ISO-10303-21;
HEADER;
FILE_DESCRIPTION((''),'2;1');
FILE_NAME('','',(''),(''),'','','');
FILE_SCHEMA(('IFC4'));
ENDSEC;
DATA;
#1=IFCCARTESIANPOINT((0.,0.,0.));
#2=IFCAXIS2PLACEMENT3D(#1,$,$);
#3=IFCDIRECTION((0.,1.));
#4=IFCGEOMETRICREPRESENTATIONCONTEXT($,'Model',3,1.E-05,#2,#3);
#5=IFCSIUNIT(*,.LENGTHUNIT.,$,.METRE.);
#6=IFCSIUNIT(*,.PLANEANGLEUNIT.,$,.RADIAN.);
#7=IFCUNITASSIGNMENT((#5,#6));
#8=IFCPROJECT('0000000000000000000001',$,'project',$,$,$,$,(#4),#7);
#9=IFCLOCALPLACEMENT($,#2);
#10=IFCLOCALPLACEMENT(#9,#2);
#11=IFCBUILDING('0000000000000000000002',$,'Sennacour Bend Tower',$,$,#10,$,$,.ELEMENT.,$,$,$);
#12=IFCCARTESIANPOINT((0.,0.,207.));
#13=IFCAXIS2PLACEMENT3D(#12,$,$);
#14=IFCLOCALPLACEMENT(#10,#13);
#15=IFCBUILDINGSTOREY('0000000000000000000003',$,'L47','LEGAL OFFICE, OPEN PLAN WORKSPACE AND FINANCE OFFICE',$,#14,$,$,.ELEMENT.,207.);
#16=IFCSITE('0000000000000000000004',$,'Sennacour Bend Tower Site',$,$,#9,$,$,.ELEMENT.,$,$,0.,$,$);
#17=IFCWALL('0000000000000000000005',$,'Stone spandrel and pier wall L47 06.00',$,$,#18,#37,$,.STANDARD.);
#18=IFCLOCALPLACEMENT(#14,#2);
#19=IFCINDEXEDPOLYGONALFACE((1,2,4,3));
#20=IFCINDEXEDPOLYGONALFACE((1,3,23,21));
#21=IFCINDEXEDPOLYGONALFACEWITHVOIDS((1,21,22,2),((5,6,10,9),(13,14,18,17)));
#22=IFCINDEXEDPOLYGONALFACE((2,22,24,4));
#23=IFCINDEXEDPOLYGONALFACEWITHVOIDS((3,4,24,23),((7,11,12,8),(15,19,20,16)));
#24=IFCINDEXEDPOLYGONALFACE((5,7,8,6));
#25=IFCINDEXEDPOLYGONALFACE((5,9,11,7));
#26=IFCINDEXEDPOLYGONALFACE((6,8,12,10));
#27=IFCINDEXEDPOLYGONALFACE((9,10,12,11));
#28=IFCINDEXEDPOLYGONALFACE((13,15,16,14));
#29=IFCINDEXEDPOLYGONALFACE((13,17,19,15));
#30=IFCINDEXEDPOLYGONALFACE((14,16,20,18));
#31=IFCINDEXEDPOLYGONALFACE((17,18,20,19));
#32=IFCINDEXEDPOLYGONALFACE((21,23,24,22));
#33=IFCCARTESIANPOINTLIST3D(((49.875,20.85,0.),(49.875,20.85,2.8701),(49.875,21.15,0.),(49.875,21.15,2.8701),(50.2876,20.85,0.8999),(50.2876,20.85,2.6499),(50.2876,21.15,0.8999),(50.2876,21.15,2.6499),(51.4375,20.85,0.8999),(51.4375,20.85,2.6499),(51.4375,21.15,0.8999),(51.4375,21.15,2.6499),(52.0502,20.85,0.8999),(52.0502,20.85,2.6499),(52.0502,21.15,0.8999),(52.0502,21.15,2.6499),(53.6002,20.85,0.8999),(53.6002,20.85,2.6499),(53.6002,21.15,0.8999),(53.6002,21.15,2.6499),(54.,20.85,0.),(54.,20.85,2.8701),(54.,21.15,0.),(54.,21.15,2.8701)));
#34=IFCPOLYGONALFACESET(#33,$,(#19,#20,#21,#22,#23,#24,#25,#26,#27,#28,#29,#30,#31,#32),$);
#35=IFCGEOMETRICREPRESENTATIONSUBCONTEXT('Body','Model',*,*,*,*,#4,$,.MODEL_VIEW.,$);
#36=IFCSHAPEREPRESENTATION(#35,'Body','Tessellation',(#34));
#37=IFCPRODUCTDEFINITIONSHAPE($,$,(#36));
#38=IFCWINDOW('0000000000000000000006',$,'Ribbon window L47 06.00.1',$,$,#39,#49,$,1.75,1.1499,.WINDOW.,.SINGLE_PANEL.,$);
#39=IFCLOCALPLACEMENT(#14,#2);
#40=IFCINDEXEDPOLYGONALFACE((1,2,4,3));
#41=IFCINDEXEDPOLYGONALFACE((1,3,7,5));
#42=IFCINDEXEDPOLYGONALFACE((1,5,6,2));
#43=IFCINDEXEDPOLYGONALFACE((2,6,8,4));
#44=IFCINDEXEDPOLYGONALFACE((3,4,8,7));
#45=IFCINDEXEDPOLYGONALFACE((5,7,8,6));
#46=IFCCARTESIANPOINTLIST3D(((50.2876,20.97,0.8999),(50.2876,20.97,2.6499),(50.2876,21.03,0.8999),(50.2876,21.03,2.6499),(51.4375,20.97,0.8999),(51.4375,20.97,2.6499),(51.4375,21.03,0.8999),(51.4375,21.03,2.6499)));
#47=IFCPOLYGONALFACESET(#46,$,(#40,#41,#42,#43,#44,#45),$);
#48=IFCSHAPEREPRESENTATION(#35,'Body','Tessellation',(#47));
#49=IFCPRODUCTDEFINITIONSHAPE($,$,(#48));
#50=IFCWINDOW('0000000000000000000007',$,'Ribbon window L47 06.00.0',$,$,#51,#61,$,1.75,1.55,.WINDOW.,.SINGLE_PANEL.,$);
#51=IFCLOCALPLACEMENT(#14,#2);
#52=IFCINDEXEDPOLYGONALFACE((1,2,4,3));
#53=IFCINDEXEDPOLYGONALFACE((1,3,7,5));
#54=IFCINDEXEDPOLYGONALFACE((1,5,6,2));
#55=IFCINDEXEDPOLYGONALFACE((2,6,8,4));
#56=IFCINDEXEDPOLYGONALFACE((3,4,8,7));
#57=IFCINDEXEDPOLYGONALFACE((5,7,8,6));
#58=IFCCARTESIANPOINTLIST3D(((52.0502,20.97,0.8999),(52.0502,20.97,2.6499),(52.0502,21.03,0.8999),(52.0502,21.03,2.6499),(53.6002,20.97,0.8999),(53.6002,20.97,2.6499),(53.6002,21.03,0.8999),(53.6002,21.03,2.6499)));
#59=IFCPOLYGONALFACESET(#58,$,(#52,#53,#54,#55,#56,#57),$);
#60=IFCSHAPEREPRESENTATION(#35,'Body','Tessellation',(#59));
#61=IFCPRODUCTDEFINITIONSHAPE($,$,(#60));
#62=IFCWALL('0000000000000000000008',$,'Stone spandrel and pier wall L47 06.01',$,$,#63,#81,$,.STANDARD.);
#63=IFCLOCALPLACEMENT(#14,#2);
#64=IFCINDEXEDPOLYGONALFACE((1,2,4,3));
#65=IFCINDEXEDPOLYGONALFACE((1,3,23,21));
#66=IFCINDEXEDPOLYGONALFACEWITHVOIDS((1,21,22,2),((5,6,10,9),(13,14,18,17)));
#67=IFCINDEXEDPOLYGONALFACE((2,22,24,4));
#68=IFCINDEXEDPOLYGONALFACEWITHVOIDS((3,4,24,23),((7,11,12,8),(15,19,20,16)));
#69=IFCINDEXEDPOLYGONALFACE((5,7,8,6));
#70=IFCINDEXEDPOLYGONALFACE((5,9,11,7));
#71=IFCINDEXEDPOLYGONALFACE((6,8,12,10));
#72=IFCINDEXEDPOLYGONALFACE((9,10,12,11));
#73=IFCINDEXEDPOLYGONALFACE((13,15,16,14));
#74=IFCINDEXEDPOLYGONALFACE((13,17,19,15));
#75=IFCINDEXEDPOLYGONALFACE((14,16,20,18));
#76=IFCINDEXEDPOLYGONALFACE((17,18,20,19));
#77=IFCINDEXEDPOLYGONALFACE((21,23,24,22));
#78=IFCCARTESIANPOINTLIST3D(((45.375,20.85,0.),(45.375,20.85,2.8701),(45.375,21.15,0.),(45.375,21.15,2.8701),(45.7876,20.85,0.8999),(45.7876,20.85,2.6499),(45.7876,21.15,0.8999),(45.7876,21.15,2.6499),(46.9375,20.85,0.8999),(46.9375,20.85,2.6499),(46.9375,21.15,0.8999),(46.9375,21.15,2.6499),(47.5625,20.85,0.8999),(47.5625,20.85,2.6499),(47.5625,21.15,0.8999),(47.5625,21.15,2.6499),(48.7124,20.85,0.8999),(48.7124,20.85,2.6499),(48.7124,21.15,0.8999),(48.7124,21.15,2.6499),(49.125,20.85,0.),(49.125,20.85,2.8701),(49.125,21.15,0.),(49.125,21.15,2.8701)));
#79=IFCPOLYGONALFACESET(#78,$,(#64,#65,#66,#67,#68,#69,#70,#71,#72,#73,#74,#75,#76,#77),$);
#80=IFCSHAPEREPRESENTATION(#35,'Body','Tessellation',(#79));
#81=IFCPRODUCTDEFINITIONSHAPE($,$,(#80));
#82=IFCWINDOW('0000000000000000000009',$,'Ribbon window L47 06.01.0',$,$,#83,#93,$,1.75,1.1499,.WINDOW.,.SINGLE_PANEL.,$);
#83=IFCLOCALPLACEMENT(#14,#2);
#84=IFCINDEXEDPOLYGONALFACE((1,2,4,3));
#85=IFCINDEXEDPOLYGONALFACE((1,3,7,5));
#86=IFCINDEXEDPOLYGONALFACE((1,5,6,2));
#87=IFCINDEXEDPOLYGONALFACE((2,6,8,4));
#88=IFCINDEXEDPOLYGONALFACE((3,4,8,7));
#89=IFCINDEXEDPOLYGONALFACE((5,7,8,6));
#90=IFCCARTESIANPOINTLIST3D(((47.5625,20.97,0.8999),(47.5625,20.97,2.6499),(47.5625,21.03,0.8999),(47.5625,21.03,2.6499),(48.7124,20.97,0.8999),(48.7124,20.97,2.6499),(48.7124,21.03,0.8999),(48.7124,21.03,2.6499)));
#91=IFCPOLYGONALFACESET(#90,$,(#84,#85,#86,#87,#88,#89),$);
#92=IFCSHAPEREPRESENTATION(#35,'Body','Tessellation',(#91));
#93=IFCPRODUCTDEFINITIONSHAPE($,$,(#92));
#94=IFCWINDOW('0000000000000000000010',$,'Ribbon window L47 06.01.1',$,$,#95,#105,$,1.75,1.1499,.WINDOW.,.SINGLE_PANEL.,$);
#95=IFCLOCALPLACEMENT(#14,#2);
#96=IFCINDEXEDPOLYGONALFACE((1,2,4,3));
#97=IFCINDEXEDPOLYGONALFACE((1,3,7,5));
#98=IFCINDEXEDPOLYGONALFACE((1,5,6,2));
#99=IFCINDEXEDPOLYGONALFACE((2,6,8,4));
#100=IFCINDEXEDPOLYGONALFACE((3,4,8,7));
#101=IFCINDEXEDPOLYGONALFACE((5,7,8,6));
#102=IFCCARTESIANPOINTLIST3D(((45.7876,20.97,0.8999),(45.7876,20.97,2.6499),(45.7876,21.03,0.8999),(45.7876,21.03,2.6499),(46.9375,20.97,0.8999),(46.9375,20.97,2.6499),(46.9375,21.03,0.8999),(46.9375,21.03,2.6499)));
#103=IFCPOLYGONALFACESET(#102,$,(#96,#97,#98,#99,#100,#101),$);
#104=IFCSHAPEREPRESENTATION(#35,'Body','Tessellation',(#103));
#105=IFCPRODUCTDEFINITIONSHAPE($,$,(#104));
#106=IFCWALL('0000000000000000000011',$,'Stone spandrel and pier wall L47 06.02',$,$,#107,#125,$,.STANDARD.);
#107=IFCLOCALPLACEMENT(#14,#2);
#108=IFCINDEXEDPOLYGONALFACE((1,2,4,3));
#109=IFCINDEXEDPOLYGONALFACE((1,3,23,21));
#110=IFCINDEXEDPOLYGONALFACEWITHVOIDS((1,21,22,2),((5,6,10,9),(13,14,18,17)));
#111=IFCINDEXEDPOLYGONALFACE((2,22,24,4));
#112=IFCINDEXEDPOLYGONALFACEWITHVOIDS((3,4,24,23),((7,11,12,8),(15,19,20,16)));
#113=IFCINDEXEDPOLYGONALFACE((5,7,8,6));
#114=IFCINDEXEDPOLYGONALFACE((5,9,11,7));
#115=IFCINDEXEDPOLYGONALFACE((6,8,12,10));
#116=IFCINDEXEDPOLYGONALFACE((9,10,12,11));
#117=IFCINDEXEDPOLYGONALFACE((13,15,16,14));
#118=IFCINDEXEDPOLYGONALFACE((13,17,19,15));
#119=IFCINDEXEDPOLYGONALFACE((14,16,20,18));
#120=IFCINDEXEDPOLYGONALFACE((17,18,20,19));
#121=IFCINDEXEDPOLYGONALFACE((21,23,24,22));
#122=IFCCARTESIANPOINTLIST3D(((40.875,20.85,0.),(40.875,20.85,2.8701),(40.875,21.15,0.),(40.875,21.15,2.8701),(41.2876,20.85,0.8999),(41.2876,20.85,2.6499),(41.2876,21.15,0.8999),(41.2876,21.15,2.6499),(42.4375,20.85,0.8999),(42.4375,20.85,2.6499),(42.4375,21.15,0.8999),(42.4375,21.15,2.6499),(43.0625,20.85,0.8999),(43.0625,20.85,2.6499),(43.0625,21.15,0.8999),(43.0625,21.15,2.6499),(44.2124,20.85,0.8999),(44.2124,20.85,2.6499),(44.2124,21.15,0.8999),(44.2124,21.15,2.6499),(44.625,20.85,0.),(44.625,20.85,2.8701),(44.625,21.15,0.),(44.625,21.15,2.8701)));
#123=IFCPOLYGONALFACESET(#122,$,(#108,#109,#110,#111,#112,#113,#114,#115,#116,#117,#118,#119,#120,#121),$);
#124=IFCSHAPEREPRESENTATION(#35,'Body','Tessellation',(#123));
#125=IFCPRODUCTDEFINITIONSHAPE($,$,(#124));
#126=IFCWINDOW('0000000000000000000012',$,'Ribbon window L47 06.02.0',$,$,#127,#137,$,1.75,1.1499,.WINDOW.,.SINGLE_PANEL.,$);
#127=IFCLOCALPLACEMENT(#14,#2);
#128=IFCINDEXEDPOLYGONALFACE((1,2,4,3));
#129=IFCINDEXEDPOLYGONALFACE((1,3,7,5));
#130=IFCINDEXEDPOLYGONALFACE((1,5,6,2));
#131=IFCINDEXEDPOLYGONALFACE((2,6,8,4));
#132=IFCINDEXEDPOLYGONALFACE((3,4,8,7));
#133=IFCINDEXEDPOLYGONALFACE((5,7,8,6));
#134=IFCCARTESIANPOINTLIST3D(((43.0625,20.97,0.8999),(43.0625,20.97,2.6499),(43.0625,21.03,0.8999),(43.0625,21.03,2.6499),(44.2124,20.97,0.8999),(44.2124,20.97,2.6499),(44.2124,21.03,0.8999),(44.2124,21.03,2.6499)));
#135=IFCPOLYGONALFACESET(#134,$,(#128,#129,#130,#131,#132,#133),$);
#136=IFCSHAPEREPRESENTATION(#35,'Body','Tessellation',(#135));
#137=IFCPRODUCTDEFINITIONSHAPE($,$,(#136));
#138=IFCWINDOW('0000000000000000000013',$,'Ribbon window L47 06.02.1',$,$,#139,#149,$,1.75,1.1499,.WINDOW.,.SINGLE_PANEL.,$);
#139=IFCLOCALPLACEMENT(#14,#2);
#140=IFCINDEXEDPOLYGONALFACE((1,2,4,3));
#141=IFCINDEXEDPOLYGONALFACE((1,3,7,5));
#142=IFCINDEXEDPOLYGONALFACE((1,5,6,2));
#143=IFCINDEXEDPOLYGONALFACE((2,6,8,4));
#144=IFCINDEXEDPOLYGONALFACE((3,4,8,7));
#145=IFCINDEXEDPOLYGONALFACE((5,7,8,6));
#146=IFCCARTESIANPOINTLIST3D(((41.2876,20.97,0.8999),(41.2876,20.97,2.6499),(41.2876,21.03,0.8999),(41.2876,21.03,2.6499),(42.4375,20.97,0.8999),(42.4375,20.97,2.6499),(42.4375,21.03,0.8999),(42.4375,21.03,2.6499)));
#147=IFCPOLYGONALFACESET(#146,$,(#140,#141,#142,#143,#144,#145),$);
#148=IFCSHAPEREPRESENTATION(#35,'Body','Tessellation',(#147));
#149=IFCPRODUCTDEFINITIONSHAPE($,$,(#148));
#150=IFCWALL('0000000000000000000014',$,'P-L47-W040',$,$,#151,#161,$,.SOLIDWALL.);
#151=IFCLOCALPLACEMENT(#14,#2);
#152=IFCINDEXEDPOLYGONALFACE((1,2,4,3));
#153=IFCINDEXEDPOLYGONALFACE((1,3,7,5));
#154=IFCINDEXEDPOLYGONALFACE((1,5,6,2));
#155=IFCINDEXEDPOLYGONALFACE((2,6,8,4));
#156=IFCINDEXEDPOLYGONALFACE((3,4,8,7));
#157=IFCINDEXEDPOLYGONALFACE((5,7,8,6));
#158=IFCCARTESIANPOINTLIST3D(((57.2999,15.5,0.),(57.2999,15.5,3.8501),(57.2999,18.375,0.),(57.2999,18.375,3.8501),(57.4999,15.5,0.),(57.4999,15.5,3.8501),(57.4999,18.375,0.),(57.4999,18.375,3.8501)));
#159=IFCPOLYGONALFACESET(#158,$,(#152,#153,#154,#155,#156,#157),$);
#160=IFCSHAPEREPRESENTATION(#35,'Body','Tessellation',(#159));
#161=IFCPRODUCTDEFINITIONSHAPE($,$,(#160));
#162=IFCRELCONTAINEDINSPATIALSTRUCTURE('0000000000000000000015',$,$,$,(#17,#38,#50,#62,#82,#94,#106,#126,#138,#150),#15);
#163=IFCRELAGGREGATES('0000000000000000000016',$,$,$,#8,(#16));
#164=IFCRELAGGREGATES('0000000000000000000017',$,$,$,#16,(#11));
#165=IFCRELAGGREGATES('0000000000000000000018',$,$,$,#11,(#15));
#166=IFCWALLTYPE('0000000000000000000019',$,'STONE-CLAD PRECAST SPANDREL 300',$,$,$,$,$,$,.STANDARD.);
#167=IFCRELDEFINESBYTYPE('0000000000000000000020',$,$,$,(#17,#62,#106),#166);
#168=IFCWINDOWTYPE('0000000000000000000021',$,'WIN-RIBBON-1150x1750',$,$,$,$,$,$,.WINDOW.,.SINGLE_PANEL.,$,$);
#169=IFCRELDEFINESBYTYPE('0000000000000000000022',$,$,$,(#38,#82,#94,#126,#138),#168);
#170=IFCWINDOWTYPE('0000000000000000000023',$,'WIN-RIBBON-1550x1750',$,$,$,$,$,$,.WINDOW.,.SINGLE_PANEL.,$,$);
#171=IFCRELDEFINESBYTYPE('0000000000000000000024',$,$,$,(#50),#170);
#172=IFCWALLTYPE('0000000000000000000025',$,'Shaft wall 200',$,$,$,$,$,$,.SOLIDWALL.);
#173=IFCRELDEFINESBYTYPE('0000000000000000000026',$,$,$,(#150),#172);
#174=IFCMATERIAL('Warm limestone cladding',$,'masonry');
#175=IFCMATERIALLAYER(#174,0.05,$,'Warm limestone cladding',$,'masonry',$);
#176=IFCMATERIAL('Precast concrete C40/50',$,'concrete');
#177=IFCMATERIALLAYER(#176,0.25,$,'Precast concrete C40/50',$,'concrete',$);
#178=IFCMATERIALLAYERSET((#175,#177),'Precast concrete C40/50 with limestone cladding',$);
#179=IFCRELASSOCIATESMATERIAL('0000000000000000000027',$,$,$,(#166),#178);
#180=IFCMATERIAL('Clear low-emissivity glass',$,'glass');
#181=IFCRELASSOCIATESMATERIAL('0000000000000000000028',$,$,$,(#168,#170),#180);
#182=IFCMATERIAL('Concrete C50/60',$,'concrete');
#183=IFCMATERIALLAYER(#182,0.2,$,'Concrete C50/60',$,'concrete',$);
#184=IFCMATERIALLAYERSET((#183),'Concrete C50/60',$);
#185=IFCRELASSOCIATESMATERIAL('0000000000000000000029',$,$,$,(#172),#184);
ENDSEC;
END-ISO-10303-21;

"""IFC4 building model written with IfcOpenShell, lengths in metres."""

from ifc_helpers import new_model, si_unit, direction, frame, frame_2d, origin, place, context, subcontext, project, spatial, rectangle, extrude, material, layer, layer_set, type_object, element, fill, save


model = new_model("IFC4")

# Units and contexts
model_context = context("Model", 3, precision=1e-05, world=origin(), true_north=direction((0.0, 1.0)))
body_context = subcontext(model_context, "Body", "Model", "MODEL_VIEW")
ifc_project = project(units=[si_unit("LENGTHUNIT", "METRE"), si_unit("PLANEANGLEUNIT", "RADIAN")], contexts=[model_context])

# Site, building, storey
site_placement = place(None, origin())
site = spatial("IfcSite", under=ifc_project, at=site_placement, Name="Sennacour Bend Tower Site", CompositionType="ELEMENT", RefElevation=0.0)
building_placement = place(site_placement, origin())
building = spatial("IfcBuilding", under=site, at=building_placement, Name="Sennacour Bend Tower", CompositionType="ELEMENT")
storey_placement = place(building_placement, frame((0.0, 0.0, 207.0)))
storey = spatial("IfcBuildingStorey", under=building, at=storey_placement, Name="L47", Description="LEGAL OFFICE, OPEN PLAN WORKSPACE AND FINANCE OFFICE", CompositionType="ELEMENT", Elevation=207.0)

# Walls, openings, windows
ifc_material_1 = material(Name="Warm limestone cladding", Category="masonry")
ifc_layer_1 = layer(ifc_material_1, 0.05, Name="Warm limestone cladding", Category="masonry")
ifc_material_2 = material(Name="Precast concrete C40/50", Category="concrete")
ifc_layer_2 = layer(ifc_material_2, 0.25, Name="Precast concrete C40/50", Category="concrete")
ifc_layer_set_1 = layer_set([ifc_layer_1, ifc_layer_2], Name="Precast concrete C40/50 with limestone cladding")
wall_type_1 = type_object("IfcWallType", Name="STONE-CLAD PRECAST SPANDREL 300", PredefinedType="STANDARD", material=ifc_layer_set_1)
wall_1_placement = place(storey_placement, frame((54.0, 21.0, 0.0), z_axis=(0.0, 0.0, 1.0), x_axis=(-1.0, 0.0, 0.0)))
wall_1 = element("IfcWall", 1, at=wall_1_placement, inside=storey, type_object=wall_type_1, Name="Stone spandrel and pier wall L47 06.00", PredefinedType="STANDARD", context=body_context, shape_type="SweptSolid", body=[
    extrude(rectangle(XDim=4.125, YDim=0.3, at=frame_2d((2.0625, 0.0))), origin(), (0.0, 0.0, 1.0), 2.8701),
])
opening_1_placement = place(wall_1_placement, frame((0.3999, 0.0, 0.8999)))
opening_1 = element("IfcOpeningElement", 2, at=opening_1_placement, cuts=wall_1, PredefinedType="OPENING", context=body_context, shape_type="SweptSolid", body=[
    extrude(rectangle(XDim=1.55, YDim=1.75, at=frame_2d((0.7749, 0.875))), frame((0.0, 0.1602, 0.0), z_axis=(0.0, -1.0, 0.0), x_axis=(1.0, 0.0, 0.0)), (0.0, 0.0, 1.0), 0.3201),
])
opening_2_placement = place(wall_1_placement, frame((2.5625, 0.0, 0.8999)))
opening_2 = element("IfcOpeningElement", 3, at=opening_2_placement, cuts=wall_1, PredefinedType="OPENING", context=body_context, shape_type="SweptSolid", body=[
    extrude(rectangle(XDim=1.1499, YDim=1.75, at=frame_2d((0.575, 0.875))), frame((0.0, 0.1602, 0.0), z_axis=(0.0, -1.0, 0.0), x_axis=(1.0, 0.0, 0.0)), (0.0, 0.0, 1.0), 0.3201),
])
ifc_material_3 = material(Name="Clear low-emissivity glass", Category="glass")
window_type_1 = type_object("IfcWindowType", Name="WIN-RIBBON-1150x1750", PartitioningType="SINGLE_PANEL", PredefinedType="WINDOW", material=ifc_material_3)
window_1_placement = place(opening_2_placement, origin())
window_1 = element("IfcWindow", 4, at=window_1_placement, inside=storey, type_object=window_type_1, Name="Ribbon window L47 06.00.1", OverallHeight=1.75, OverallWidth=1.1499, PartitioningType="SINGLE_PANEL", PredefinedType="WINDOW", context=body_context, shape_type="SweptSolid", body=[
    extrude(rectangle(XDim=1.1499, YDim=1.75, at=frame_2d((0.575, 0.875))), frame((0.0, 0.03, 0.0), z_axis=(0.0, -1.0, 0.0), x_axis=(1.0, 0.0, 0.0)), (0.0, 0.0, 1.0), 0.0601),
])
fill(opening_2, window_1)
window_type_2 = type_object("IfcWindowType", Name="WIN-RIBBON-1550x1750", PartitioningType="SINGLE_PANEL", PredefinedType="WINDOW", material=ifc_material_3)
window_2_placement = place(opening_1_placement, origin())
window_2 = element("IfcWindow", 5, at=window_2_placement, inside=storey, type_object=window_type_2, Name="Ribbon window L47 06.00.0", OverallHeight=1.75, OverallWidth=1.55, PartitioningType="SINGLE_PANEL", PredefinedType="WINDOW", context=body_context, shape_type="SweptSolid", body=[
    extrude(rectangle(XDim=1.55, YDim=1.75, at=frame_2d((0.7749, 0.875))), frame((0.0, 0.03, 0.0), z_axis=(0.0, -1.0, 0.0), x_axis=(1.0, 0.0, 0.0)), (0.0, 0.0, 1.0), 0.0601),
])
fill(opening_1, window_2)
wall_2_placement = place(storey_placement, frame((49.125, 21.0, 0.0), z_axis=(0.0, 0.0, 1.0), x_axis=(-1.0, 0.0, 0.0)))
wall_2 = element("IfcWall", 6, at=wall_2_placement, inside=storey, type_object=wall_type_1, Name="Stone spandrel and pier wall L47 06.01", PredefinedType="STANDARD", context=body_context, shape_type="SweptSolid", body=[
    extrude(rectangle(XDim=3.75, YDim=0.3, at=frame_2d((1.875, 0.0))), origin(), (0.0, 0.0, 1.0), 2.8701),
])
opening_3_placement = place(wall_2_placement, frame((0.4126, 0.0, 0.8999)))
opening_3 = element("IfcOpeningElement", 7, at=opening_3_placement, cuts=wall_2, PredefinedType="OPENING", context=body_context, shape_type="SweptSolid", body=[
    extrude(rectangle(XDim=1.1499, YDim=1.75, at=frame_2d((0.575, 0.875))), frame((0.0, 0.1602, 0.0), z_axis=(0.0, -1.0, 0.0), x_axis=(1.0, 0.0, 0.0)), (0.0, 0.0, 1.0), 0.3201),
])
opening_4_placement = place(wall_2_placement, frame((2.1875, 0.0, 0.8999)))
opening_4 = element("IfcOpeningElement", 8, at=opening_4_placement, cuts=wall_2, PredefinedType="OPENING", context=body_context, shape_type="SweptSolid", body=[
    extrude(rectangle(XDim=1.1499, YDim=1.75, at=frame_2d((0.575, 0.875))), frame((0.0, 0.1602, 0.0), z_axis=(0.0, -1.0, 0.0), x_axis=(1.0, 0.0, 0.0)), (0.0, 0.0, 1.0), 0.3201),
])
window_3_placement = place(opening_3_placement, origin())
window_3 = element("IfcWindow", 9, at=window_3_placement, inside=storey, type_object=window_type_1, Name="Ribbon window L47 06.01.0", OverallHeight=1.75, OverallWidth=1.1499, PartitioningType="SINGLE_PANEL", PredefinedType="WINDOW", context=body_context, shape_type="SweptSolid", body=[
    extrude(rectangle(XDim=1.1499, YDim=1.75, at=frame_2d((0.575, 0.875))), frame((0.0, 0.03, 0.0), z_axis=(0.0, -1.0, 0.0), x_axis=(1.0, 0.0, 0.0)), (0.0, 0.0, 1.0), 0.0601),
])
fill(opening_3, window_3)
window_4_placement = place(opening_4_placement, origin())
window_4 = element("IfcWindow", 10, at=window_4_placement, inside=storey, type_object=window_type_1, Name="Ribbon window L47 06.01.1", OverallHeight=1.75, OverallWidth=1.1499, PartitioningType="SINGLE_PANEL", PredefinedType="WINDOW", context=body_context, shape_type="SweptSolid", body=[
    extrude(rectangle(XDim=1.1499, YDim=1.75, at=frame_2d((0.575, 0.875))), frame((0.0, 0.03, 0.0), z_axis=(0.0, -1.0, 0.0), x_axis=(1.0, 0.0, 0.0)), (0.0, 0.0, 1.0), 0.0601),
])
fill(opening_4, window_4)
wall_3_placement = place(storey_placement, frame((44.625, 21.0, 0.0), z_axis=(0.0, 0.0, 1.0), x_axis=(-1.0, 0.0, 0.0)))
wall_3 = element("IfcWall", 11, at=wall_3_placement, inside=storey, type_object=wall_type_1, Name="Stone spandrel and pier wall L47 06.02", PredefinedType="STANDARD", context=body_context, shape_type="SweptSolid", body=[
    extrude(rectangle(XDim=3.75, YDim=0.3, at=frame_2d((1.875, 0.0))), origin(), (0.0, 0.0, 1.0), 2.8701),
])
opening_5_placement = place(wall_3_placement, frame((0.4126, 0.0, 0.8999)))
opening_5 = element("IfcOpeningElement", 12, at=opening_5_placement, cuts=wall_3, PredefinedType="OPENING", context=body_context, shape_type="SweptSolid", body=[
    extrude(rectangle(XDim=1.1499, YDim=1.75, at=frame_2d((0.575, 0.875))), frame((0.0, 0.1602, 0.0), z_axis=(0.0, -1.0, 0.0), x_axis=(1.0, 0.0, 0.0)), (0.0, 0.0, 1.0), 0.3201),
])
opening_6_placement = place(wall_3_placement, frame((2.1875, 0.0, 0.8999)))
opening_6 = element("IfcOpeningElement", 13, at=opening_6_placement, cuts=wall_3, PredefinedType="OPENING", context=body_context, shape_type="SweptSolid", body=[
    extrude(rectangle(XDim=1.1499, YDim=1.75, at=frame_2d((0.575, 0.875))), frame((0.0, 0.1602, 0.0), z_axis=(0.0, -1.0, 0.0), x_axis=(1.0, 0.0, 0.0)), (0.0, 0.0, 1.0), 0.3201),
])
window_5_placement = place(opening_5_placement, origin())
window_5 = element("IfcWindow", 14, at=window_5_placement, inside=storey, type_object=window_type_1, Name="Ribbon window L47 06.02.0", OverallHeight=1.75, OverallWidth=1.1499, PartitioningType="SINGLE_PANEL", PredefinedType="WINDOW", context=body_context, shape_type="SweptSolid", body=[
    extrude(rectangle(XDim=1.1499, YDim=1.75, at=frame_2d((0.575, 0.875))), frame((0.0, 0.03, 0.0), z_axis=(0.0, -1.0, 0.0), x_axis=(1.0, 0.0, 0.0)), (0.0, 0.0, 1.0), 0.0601),
])
fill(opening_5, window_5)
window_6_placement = place(opening_6_placement, origin())
window_6 = element("IfcWindow", 15, at=window_6_placement, inside=storey, type_object=window_type_1, Name="Ribbon window L47 06.02.1", OverallHeight=1.75, OverallWidth=1.1499, PartitioningType="SINGLE_PANEL", PredefinedType="WINDOW", context=body_context, shape_type="SweptSolid", body=[
    extrude(rectangle(XDim=1.1499, YDim=1.75, at=frame_2d((0.575, 0.875))), frame((0.0, 0.03, 0.0), z_axis=(0.0, -1.0, 0.0), x_axis=(1.0, 0.0, 0.0)), (0.0, 0.0, 1.0), 0.0601),
])
fill(opening_6, window_6)

# Wall
ifc_material_4 = material(Name="Concrete C50/60", Category="concrete")
ifc_layer_3 = layer(ifc_material_4, 0.2, Name="Concrete C50/60", Category="concrete")
ifc_layer_set_2 = layer_set([ifc_layer_3], Name="Concrete C50/60")
wall_type_2 = type_object("IfcWallType", Name="Shaft wall 200", PredefinedType="SOLIDWALL", material=ifc_layer_set_2)
wall_4_placement = place(storey_placement, frame((57.3999, 15.5, 0.0), z_axis=(0.0, 0.0, 1.0), x_axis=(0.0, 1.0, 0.0)))
element("IfcWall", 16, at=wall_4_placement, inside=storey, type_object=wall_type_2, Name="P-L47-W040", PredefinedType="SOLIDWALL", context=body_context, shape_type="SweptSolid", body=[
    extrude(rectangle(XDim=2.875, YDim=0.2, at=frame_2d((1.4375, 0.0))), origin(), (0.0, 0.0, 1.0), 3.8501),
])

save(model, "model.ifc")
